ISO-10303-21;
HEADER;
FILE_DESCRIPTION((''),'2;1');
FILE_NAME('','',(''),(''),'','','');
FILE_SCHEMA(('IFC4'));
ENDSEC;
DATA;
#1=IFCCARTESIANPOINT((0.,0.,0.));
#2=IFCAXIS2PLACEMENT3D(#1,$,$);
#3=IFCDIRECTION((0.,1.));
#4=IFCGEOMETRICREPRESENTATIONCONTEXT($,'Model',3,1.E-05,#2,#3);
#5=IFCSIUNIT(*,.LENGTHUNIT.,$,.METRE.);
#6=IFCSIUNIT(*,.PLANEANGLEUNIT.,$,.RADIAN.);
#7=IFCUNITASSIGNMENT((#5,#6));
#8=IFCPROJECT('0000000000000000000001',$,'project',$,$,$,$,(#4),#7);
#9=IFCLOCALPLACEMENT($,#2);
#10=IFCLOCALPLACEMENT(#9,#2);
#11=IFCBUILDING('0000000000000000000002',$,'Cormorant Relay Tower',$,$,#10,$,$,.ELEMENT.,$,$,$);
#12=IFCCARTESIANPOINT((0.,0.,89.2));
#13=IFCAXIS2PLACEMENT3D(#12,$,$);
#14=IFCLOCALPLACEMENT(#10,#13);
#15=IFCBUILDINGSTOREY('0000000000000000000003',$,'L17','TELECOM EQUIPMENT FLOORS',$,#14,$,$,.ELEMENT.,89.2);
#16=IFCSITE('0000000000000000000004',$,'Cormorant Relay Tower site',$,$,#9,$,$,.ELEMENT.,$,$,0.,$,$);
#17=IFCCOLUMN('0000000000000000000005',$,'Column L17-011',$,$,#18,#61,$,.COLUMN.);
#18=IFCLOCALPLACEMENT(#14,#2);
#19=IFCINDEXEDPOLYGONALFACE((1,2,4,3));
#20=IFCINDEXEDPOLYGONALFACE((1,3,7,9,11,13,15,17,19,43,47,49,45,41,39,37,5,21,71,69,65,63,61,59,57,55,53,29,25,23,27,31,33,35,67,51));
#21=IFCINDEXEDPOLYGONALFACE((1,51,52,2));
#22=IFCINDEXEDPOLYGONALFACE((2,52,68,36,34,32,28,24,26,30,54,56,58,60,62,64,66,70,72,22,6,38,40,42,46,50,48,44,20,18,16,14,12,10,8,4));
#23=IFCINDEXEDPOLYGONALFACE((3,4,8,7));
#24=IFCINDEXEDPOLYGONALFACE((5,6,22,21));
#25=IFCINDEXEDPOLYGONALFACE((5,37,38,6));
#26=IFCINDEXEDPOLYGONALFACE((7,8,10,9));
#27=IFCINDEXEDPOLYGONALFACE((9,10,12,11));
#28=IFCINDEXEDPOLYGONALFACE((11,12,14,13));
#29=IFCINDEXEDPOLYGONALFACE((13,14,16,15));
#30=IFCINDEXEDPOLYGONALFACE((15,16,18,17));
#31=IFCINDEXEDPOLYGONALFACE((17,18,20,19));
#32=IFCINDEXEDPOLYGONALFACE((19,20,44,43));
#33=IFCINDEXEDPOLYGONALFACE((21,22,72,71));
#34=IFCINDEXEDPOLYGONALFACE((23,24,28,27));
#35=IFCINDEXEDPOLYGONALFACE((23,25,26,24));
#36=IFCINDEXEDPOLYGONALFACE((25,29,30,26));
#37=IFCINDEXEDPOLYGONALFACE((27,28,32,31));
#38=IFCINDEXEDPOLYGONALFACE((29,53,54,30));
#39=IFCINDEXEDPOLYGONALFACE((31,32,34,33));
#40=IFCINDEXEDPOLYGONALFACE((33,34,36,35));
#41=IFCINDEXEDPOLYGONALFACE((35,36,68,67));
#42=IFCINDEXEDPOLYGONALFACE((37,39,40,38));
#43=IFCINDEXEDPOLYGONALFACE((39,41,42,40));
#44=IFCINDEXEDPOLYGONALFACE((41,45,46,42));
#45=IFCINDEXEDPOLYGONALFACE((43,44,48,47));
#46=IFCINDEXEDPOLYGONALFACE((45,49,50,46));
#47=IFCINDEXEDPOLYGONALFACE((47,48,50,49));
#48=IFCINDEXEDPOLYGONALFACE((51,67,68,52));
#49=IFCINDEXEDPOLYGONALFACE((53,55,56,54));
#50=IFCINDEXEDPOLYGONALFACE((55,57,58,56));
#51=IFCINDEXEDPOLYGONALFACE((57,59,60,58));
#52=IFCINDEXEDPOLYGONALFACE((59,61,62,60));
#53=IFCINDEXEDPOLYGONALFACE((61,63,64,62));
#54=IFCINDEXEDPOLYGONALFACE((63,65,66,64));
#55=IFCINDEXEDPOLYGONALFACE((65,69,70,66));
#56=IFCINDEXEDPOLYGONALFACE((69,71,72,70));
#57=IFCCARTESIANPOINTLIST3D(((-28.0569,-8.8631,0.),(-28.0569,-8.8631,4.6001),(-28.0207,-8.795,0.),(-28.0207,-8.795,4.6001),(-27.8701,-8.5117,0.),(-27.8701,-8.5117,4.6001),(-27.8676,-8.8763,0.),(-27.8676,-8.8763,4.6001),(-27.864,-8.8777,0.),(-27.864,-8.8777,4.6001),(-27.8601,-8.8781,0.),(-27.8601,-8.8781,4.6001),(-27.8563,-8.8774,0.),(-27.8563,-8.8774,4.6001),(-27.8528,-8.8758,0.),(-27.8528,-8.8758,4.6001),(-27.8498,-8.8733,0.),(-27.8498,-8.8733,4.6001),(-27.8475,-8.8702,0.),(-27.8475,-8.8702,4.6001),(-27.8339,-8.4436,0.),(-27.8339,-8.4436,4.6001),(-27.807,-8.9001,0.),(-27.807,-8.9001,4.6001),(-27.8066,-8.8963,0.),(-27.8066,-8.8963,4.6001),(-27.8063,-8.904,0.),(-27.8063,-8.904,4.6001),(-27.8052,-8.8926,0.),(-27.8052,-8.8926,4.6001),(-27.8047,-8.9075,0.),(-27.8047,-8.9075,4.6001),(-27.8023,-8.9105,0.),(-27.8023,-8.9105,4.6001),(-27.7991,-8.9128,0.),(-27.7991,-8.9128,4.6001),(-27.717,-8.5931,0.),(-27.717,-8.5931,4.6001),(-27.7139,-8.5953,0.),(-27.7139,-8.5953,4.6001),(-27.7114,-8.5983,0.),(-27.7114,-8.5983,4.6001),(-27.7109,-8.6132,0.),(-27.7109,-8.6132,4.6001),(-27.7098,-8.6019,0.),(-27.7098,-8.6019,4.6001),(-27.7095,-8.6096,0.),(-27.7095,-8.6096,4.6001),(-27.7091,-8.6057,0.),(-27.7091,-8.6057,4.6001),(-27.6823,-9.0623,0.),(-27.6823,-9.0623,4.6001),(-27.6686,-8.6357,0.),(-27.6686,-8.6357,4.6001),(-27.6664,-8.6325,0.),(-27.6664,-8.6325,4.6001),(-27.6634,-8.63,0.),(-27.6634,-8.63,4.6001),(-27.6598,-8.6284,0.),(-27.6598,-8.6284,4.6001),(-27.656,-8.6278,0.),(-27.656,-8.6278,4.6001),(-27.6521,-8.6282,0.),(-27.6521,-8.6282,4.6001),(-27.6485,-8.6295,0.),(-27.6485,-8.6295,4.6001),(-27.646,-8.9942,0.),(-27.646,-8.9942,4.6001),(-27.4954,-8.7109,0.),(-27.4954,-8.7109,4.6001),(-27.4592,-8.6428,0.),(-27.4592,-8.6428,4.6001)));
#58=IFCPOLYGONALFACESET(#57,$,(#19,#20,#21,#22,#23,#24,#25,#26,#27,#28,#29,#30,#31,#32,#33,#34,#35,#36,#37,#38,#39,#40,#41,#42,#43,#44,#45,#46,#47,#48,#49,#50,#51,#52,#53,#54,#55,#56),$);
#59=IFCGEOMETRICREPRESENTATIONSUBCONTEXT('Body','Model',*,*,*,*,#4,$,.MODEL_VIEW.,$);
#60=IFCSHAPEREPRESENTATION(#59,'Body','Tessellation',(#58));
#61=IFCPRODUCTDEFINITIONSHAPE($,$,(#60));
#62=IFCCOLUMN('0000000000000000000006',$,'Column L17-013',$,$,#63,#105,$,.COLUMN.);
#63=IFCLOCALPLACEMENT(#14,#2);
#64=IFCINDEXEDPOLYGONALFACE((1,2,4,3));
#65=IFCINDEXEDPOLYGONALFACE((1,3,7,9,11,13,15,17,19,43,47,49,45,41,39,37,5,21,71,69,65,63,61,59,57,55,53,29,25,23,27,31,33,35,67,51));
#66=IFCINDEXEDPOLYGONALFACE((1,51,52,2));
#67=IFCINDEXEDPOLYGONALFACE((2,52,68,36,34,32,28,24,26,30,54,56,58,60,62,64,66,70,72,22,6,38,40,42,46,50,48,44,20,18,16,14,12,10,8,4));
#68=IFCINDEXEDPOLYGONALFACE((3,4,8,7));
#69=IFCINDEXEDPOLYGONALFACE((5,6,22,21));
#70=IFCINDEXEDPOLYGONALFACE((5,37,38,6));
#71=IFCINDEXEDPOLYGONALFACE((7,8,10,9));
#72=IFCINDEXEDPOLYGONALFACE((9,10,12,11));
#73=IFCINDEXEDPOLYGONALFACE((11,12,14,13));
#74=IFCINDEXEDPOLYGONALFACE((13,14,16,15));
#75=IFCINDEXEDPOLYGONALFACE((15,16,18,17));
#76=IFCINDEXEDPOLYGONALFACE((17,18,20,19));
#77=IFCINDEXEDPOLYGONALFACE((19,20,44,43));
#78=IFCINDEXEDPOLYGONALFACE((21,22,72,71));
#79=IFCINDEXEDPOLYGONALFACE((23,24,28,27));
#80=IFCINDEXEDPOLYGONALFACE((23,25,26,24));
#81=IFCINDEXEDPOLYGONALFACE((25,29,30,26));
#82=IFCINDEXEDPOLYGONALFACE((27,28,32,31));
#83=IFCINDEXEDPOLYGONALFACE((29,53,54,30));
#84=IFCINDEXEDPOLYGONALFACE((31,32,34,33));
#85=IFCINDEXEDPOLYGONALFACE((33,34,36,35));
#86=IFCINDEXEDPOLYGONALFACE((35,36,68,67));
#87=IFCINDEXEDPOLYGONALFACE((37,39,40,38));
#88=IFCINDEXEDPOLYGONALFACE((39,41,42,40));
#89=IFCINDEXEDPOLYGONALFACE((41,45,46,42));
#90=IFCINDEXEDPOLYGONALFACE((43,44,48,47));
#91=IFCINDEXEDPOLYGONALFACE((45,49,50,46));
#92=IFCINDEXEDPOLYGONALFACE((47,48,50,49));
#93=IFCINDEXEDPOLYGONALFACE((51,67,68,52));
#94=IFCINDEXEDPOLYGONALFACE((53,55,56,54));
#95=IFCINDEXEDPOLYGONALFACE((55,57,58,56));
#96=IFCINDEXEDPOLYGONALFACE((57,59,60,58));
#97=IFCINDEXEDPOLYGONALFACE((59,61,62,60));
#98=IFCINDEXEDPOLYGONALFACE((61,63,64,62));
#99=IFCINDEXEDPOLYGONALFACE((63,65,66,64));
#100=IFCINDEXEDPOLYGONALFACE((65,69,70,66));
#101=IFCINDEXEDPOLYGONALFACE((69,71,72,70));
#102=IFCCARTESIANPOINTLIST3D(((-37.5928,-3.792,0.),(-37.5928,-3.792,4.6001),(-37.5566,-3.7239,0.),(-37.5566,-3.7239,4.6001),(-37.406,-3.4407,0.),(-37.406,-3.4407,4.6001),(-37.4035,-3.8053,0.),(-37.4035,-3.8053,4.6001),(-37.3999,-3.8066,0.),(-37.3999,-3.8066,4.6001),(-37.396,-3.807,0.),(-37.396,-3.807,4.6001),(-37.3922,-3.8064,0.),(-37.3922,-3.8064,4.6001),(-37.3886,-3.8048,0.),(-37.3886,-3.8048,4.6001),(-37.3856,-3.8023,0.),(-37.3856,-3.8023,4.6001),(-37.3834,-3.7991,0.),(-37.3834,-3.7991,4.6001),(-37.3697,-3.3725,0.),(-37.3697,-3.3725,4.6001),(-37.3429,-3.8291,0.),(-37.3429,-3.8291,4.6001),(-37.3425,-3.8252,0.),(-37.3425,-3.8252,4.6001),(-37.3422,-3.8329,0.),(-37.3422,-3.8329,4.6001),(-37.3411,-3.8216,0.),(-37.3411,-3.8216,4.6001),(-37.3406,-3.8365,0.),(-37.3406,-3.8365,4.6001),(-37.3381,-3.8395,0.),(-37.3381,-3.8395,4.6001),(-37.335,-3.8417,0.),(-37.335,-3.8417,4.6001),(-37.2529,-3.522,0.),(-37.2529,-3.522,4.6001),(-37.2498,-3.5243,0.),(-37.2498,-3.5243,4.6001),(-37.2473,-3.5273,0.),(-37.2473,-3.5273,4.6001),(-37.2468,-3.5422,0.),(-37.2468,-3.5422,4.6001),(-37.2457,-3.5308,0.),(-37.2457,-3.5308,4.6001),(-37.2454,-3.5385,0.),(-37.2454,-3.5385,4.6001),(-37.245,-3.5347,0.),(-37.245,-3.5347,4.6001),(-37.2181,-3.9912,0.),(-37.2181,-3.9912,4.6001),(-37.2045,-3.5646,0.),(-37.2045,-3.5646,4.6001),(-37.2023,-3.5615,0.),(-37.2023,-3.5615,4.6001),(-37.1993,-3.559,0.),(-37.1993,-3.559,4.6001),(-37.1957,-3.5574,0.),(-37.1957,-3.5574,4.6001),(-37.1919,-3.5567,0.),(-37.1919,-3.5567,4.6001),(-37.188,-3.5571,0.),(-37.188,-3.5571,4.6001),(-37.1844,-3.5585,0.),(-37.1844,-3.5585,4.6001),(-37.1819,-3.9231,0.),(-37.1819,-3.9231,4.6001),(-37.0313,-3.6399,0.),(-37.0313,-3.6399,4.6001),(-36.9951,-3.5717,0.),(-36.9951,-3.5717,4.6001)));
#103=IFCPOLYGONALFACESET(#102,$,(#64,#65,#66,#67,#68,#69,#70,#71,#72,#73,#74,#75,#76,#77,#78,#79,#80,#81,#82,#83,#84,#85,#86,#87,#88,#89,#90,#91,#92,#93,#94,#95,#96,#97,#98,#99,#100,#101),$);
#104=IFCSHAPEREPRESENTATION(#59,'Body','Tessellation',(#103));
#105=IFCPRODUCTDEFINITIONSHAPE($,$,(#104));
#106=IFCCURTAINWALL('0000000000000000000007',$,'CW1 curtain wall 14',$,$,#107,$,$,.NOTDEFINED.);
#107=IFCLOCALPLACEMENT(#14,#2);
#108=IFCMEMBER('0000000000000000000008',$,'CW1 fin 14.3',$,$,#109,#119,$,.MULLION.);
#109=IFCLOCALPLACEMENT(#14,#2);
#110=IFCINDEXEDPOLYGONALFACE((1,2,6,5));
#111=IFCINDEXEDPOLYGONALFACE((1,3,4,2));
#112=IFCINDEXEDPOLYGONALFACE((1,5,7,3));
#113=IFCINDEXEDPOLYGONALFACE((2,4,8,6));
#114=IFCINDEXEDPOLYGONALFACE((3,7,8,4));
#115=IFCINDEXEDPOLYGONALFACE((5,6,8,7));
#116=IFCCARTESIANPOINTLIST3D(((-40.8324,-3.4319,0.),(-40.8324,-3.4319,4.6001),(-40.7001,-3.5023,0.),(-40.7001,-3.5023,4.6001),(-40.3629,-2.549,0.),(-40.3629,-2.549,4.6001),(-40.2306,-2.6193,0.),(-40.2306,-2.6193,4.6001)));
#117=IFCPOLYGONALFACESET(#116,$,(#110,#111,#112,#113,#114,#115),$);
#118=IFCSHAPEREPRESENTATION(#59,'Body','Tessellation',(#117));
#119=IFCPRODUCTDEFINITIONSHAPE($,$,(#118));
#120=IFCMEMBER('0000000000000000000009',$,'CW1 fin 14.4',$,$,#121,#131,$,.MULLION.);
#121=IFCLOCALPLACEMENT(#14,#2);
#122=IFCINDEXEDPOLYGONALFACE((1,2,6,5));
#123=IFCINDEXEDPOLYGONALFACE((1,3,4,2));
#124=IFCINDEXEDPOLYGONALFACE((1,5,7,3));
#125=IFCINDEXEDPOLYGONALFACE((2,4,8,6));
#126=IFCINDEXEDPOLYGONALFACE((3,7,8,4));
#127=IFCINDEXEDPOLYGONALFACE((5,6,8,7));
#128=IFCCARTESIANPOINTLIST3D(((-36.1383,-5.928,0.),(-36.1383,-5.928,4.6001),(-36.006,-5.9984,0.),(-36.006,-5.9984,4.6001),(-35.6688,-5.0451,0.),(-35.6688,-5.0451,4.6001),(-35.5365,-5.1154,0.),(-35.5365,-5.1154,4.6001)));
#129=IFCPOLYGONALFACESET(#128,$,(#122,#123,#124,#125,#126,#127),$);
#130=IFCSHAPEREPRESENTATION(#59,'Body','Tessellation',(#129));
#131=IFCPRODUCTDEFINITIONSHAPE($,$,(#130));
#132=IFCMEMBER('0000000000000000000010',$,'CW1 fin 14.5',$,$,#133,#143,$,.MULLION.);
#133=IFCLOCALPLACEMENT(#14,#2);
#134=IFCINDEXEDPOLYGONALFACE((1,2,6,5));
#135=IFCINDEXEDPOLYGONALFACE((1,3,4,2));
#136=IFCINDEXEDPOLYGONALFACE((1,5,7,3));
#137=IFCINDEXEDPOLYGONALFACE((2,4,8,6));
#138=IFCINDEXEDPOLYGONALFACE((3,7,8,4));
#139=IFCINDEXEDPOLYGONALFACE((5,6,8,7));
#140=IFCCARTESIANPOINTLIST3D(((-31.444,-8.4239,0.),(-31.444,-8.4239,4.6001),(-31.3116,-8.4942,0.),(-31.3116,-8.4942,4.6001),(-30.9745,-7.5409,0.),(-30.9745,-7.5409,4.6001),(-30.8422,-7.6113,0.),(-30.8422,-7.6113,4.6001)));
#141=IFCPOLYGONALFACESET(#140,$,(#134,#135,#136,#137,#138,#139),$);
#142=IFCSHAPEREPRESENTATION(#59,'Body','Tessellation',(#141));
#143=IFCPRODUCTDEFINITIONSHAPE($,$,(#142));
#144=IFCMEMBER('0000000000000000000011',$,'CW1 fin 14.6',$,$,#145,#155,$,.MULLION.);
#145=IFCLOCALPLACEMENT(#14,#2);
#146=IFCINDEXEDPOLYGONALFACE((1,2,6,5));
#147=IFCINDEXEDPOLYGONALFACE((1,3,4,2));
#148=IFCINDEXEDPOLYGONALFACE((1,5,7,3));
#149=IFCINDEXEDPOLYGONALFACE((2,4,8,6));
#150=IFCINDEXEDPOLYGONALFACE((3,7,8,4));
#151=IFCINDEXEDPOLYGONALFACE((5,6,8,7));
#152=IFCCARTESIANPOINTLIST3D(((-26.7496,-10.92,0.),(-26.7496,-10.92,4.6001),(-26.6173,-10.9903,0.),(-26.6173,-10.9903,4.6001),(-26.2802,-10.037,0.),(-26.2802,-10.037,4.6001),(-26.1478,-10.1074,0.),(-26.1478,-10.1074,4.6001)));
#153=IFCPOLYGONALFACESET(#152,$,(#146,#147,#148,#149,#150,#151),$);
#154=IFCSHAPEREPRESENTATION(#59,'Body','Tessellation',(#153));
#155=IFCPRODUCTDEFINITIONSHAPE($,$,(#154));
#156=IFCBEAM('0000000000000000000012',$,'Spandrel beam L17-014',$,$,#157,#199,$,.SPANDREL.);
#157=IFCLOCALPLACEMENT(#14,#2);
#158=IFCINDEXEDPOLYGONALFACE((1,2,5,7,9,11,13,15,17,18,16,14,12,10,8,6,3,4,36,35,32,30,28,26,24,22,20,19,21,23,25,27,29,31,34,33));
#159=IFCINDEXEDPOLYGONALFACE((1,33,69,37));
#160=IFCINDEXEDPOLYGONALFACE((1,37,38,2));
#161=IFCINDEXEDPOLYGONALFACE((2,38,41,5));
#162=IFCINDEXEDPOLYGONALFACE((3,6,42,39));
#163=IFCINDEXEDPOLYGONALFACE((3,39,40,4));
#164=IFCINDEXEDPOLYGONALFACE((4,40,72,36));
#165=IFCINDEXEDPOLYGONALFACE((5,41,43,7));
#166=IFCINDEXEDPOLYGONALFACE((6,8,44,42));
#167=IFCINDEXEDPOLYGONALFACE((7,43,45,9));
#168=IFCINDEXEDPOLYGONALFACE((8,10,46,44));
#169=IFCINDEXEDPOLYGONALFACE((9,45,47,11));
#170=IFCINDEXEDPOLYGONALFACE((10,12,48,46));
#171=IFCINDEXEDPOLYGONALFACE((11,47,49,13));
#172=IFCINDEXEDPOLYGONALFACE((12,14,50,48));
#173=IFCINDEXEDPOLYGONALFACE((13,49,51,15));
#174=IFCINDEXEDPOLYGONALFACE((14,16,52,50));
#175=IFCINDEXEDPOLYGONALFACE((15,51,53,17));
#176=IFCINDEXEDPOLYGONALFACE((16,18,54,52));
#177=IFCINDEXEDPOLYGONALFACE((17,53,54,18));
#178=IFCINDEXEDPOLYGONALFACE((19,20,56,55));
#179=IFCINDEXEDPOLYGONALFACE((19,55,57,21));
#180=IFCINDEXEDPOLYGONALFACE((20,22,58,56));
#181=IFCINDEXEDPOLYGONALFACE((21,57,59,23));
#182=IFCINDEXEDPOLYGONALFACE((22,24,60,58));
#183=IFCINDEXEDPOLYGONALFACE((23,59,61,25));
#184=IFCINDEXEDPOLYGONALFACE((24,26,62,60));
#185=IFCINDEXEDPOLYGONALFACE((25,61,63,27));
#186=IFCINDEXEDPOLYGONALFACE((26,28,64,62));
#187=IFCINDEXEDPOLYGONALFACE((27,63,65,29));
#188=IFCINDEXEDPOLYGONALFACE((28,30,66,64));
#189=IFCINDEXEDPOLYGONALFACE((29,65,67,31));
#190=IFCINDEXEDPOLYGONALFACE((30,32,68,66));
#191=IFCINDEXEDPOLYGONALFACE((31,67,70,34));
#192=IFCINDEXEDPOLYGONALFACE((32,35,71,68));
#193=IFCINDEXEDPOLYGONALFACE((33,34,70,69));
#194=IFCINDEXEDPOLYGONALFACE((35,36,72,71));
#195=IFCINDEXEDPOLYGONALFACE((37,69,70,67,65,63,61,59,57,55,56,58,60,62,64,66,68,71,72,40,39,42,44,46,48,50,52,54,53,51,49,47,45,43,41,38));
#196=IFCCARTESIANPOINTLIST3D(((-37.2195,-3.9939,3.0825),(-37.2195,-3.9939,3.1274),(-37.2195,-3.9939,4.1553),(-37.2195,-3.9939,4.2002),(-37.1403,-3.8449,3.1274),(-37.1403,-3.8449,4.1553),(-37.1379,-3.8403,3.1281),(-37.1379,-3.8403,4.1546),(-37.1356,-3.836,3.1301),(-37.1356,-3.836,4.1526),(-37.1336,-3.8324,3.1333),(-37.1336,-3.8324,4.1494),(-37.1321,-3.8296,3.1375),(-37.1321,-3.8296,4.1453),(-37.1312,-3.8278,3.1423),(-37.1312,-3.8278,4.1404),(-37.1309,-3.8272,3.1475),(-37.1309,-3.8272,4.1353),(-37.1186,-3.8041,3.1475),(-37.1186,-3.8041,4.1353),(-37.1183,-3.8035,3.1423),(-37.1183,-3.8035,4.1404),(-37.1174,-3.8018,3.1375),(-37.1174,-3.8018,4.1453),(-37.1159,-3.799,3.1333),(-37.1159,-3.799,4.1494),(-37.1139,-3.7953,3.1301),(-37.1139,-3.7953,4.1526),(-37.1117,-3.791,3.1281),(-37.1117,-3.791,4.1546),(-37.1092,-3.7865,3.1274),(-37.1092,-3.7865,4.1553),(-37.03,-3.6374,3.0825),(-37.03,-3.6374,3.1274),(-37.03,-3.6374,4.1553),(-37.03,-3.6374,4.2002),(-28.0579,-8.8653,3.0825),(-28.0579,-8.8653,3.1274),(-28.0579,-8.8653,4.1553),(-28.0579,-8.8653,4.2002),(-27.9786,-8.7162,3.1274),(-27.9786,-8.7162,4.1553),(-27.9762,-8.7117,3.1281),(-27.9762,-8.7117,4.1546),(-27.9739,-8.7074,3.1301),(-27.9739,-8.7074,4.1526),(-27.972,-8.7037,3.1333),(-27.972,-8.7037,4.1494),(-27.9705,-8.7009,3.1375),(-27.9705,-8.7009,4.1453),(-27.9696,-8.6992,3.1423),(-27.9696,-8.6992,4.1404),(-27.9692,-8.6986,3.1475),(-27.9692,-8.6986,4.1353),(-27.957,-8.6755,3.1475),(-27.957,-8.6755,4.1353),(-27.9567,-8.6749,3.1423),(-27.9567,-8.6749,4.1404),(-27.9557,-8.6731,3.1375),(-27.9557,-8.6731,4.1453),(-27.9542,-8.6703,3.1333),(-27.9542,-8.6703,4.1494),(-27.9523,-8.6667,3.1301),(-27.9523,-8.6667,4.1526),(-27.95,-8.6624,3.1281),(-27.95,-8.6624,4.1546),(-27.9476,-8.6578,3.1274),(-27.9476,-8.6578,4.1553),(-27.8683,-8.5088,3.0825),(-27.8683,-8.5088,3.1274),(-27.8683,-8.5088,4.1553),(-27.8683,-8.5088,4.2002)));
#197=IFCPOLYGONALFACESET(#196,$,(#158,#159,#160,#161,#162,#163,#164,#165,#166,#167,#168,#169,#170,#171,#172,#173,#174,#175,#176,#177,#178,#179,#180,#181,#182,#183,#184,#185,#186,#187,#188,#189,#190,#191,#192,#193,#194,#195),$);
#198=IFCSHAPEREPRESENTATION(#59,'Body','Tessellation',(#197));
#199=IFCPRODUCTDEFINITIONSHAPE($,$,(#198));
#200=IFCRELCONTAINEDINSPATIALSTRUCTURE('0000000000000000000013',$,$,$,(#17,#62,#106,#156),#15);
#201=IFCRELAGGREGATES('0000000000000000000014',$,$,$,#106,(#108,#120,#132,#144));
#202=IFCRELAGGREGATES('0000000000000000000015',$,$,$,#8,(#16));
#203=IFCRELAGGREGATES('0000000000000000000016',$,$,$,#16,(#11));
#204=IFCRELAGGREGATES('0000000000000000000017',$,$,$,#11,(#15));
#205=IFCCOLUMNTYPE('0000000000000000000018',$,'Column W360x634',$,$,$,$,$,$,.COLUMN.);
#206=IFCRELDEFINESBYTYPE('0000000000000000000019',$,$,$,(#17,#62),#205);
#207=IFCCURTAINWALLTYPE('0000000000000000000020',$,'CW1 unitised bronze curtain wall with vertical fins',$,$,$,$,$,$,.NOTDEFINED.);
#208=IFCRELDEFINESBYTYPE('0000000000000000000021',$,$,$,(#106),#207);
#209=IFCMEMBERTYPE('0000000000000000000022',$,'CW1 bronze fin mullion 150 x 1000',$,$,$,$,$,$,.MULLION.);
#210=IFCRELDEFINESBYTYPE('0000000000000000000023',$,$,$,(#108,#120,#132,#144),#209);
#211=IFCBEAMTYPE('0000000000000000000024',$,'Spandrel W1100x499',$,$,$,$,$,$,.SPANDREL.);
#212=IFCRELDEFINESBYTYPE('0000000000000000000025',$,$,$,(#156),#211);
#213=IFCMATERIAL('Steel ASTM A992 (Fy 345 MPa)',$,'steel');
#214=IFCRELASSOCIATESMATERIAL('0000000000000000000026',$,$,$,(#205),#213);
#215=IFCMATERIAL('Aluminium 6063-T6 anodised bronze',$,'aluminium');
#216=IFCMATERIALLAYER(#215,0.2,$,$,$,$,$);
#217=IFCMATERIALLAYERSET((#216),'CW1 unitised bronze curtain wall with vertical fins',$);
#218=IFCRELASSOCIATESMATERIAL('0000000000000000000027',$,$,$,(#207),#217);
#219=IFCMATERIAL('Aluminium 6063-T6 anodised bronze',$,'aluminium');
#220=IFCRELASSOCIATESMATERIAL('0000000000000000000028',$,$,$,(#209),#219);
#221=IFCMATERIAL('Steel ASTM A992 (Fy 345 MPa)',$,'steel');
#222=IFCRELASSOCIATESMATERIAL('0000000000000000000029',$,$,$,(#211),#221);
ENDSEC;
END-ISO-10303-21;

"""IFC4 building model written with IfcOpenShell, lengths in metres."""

from ifc_helpers import new_model, si_unit, direction, frame, origin, origin_2d, place, context, subcontext, project, spatial, rectangle, i_section, extrude, material, layer, layer_set, material_profile, profile_set, type_object, element, aggregate, save


model = new_model("IFC4")

# Units and contexts
model_context = context("Model", 3, precision=1e-05, world=origin(), true_north=direction((0.0, 1.0)))
body_context = subcontext(model_context, "Body", "Model", "MODEL_VIEW")
ifc_project = project(units=[si_unit("LENGTHUNIT", "METRE"), si_unit("PLANEANGLEUNIT", "RADIAN")], contexts=[model_context])

# Site, building, storey
site_placement = place(None, origin())
site = spatial("IfcSite", under=ifc_project, at=site_placement, Name="Cormorant Relay Tower site", CompositionType="ELEMENT", RefElevation=0.0)
building_placement = place(site_placement, origin())
building = spatial("IfcBuilding", under=site, at=building_placement, Name="Cormorant Relay Tower", CompositionType="ELEMENT")
storey_placement = place(building_placement, frame((0.0, 0.0, 89.2)))
storey = spatial("IfcBuildingStorey", under=building, at=storey_placement, Name="L17", Description="TELECOM EQUIPMENT FLOORS", CompositionType="ELEMENT", Elevation=89.2)

# Columns
ifc_material_1 = material(Name="Steel ASTM A992 (Fy 345 MPa)", Category="steel")
ifc_material_profile_1 = material_profile(ifc_material_1, i_section(OverallWidth=0.4243, OverallDepth=0.4751, WebThickness=0.0479, FlangeThickness=0.0771, FilletRadius=0.0149, at=origin_2d()), Name="W360x634")
ifc_profile_set_1 = profile_set([ifc_material_profile_1], Name="Steel ASTM A992 (Fy 345 MPa)")
column_type = type_object("IfcColumnType", Name="Column W360x634", PredefinedType="COLUMN", material=ifc_profile_set_1)
for number, where, z_axis, x_axis, name in (
    (1, (-27.7581, -8.7529, 0.0), (0.0, 0.0, 1.0), (0.882948, -0.469472, 0.0), "Column L17-011"),
    (2, (-37.2939, -3.6819, 0.0), (0.0, 0.0, 1.0), (0.882948, -0.469472, 0.0), "Column L17-013"),
):
    element("IfcColumn", number, at=place(storey_placement, frame(where, z_axis=z_axis, x_axis=x_axis)), inside=storey, type_object=column_type, Name=name, PredefinedType="COLUMN", context=body_context, shape_type="SweptSolid", body=[
        extrude(i_section(OverallWidth=0.4243, OverallDepth=0.4751, WebThickness=0.0479, FlangeThickness=0.0771, FilletRadius=0.0149, at=origin_2d()), origin(), (0.0, 0.0, 1.0), 4.6001),
    ])

# Curtain wall, members
ifc_material_2 = material(Name="Aluminium 6063-T6 anodised bronze", Category="aluminium")
ifc_layer_1 = layer(ifc_material_2, 0.2)
ifc_layer_set_1 = layer_set([ifc_layer_1], Name="CW1 unitised bronze curtain wall with vertical fins")
curtain_wall_type = type_object("IfcCurtainWallType", Name="CW1 unitised bronze curtain wall with vertical fins", PredefinedType="NOTDEFINED", material=ifc_layer_set_1)
curtain_wall_placement = place(storey_placement, origin())
curtain_wall = element("IfcCurtainWall", 3, at=curtain_wall_placement, inside=storey, type_object=curtain_wall_type, Name="CW1 curtain wall 14", PredefinedType="NOTDEFINED")
ifc_material_3 = material(Name="Aluminium 6063-T6 anodised bronze", Category="aluminium")
ifc_material_profile_2 = material_profile(ifc_material_3, rectangle(XDim=0.1499, YDim=1.0, at=origin_2d()), Name="AL 150x1000")
ifc_profile_set_2 = profile_set([ifc_material_profile_2], Name="Aluminium 6063-T6 anodised bronze")
member_type = type_object("IfcMemberType", Name="CW1 bronze fin mullion 150 x 1000", PredefinedType="MULLION", material=ifc_profile_set_2)
member_1_placement = place(storey_placement, frame((-40.5315, -3.0256, 0.0), z_axis=(0.0, 0.0, 1.0), x_axis=(0.882948, -0.469472, 0.0)))
member_1 = element("IfcMember", 4, at=member_1_placement, type_object=member_type, Name="CW1 fin 14.3", PredefinedType="MULLION", context=body_context, shape_type="SweptSolid", body=[
    extrude(rectangle(XDim=0.1499, YDim=1.0, at=origin_2d()), origin(), (0.0, 0.0, 1.0), 4.6001),
])
member_2_placement = place(storey_placement, frame((-35.8374, -5.5217, 0.0), z_axis=(0.0, 0.0, 1.0), x_axis=(0.882948, -0.469472, 0.0)))
member_2 = element("IfcMember", 5, at=member_2_placement, type_object=member_type, Name="CW1 fin 14.4", PredefinedType="MULLION", context=body_context, shape_type="SweptSolid", body=[
    extrude(rectangle(XDim=0.1499, YDim=1.0, at=origin_2d()), origin(), (0.0, 0.0, 1.0), 4.6001),
])
member_3_placement = place(storey_placement, frame((-31.1431, -8.0176, 0.0), z_axis=(0.0, 0.0, 1.0), x_axis=(0.882948, -0.469472, 0.0)))
member_3 = element("IfcMember", 6, at=member_3_placement, type_object=member_type, Name="CW1 fin 14.5", PredefinedType="MULLION", context=body_context, shape_type="SweptSolid", body=[
    extrude(rectangle(XDim=0.1499, YDim=1.0, at=origin_2d()), origin(), (0.0, 0.0, 1.0), 4.6001),
])
member_4_placement = place(storey_placement, frame((-26.4487, -10.5137, 0.0), z_axis=(0.0, 0.0, 1.0), x_axis=(0.882948, -0.469472, 0.0)))
member_4 = element("IfcMember", 7, at=member_4_placement, type_object=member_type, Name="CW1 fin 14.6", PredefinedType="MULLION", context=body_context, shape_type="SweptSolid", body=[
    extrude(rectangle(XDim=0.1499, YDim=1.0, at=origin_2d()), origin(), (0.0, 0.0, 1.0), 4.6001),
])

# Beam
ifc_material_4 = material(Name="Steel ASTM A992 (Fy 345 MPa)", Category="steel")
ifc_material_profile_3 = material_profile(ifc_material_4, i_section(OverallWidth=0.4038, OverallDepth=1.1177, WebThickness=0.0261, FlangeThickness=0.0449, FilletRadius=0.02, at=origin_2d()), Name="W1100x499")
ifc_profile_set_3 = profile_set([ifc_material_profile_3], Name="Steel ASTM A992 (Fy 345 MPa)")
beam_type_1 = type_object("IfcBeamType", Name="Spandrel W1100x499", PredefinedType="SPANDREL", material=ifc_profile_set_3)
beam_1_placement = place(storey_placement, frame((-37.1248, -3.8157, 3.6414), z_axis=(0.882947, -0.469473, 0.0), x_axis=(0.469473, 0.882947, 0.0)))
element("IfcBeam", 8, at=beam_1_placement, inside=storey, type_object=beam_type_1, Name="Spandrel beam L17-014", PredefinedType="SPANDREL", context=body_context, shape_type="SweptSolid", body=[
    extrude(i_section(OverallWidth=0.4038, OverallDepth=1.1177, WebThickness=0.0261, FlangeThickness=0.0449, FilletRadius=0.02, at=origin_2d()), origin(), (0.0, 0.0, 1.0), 10.3762),
])

aggregate(curtain_wall, [member_1, member_2, member_3, member_4])

save(model, "model.ifc")
